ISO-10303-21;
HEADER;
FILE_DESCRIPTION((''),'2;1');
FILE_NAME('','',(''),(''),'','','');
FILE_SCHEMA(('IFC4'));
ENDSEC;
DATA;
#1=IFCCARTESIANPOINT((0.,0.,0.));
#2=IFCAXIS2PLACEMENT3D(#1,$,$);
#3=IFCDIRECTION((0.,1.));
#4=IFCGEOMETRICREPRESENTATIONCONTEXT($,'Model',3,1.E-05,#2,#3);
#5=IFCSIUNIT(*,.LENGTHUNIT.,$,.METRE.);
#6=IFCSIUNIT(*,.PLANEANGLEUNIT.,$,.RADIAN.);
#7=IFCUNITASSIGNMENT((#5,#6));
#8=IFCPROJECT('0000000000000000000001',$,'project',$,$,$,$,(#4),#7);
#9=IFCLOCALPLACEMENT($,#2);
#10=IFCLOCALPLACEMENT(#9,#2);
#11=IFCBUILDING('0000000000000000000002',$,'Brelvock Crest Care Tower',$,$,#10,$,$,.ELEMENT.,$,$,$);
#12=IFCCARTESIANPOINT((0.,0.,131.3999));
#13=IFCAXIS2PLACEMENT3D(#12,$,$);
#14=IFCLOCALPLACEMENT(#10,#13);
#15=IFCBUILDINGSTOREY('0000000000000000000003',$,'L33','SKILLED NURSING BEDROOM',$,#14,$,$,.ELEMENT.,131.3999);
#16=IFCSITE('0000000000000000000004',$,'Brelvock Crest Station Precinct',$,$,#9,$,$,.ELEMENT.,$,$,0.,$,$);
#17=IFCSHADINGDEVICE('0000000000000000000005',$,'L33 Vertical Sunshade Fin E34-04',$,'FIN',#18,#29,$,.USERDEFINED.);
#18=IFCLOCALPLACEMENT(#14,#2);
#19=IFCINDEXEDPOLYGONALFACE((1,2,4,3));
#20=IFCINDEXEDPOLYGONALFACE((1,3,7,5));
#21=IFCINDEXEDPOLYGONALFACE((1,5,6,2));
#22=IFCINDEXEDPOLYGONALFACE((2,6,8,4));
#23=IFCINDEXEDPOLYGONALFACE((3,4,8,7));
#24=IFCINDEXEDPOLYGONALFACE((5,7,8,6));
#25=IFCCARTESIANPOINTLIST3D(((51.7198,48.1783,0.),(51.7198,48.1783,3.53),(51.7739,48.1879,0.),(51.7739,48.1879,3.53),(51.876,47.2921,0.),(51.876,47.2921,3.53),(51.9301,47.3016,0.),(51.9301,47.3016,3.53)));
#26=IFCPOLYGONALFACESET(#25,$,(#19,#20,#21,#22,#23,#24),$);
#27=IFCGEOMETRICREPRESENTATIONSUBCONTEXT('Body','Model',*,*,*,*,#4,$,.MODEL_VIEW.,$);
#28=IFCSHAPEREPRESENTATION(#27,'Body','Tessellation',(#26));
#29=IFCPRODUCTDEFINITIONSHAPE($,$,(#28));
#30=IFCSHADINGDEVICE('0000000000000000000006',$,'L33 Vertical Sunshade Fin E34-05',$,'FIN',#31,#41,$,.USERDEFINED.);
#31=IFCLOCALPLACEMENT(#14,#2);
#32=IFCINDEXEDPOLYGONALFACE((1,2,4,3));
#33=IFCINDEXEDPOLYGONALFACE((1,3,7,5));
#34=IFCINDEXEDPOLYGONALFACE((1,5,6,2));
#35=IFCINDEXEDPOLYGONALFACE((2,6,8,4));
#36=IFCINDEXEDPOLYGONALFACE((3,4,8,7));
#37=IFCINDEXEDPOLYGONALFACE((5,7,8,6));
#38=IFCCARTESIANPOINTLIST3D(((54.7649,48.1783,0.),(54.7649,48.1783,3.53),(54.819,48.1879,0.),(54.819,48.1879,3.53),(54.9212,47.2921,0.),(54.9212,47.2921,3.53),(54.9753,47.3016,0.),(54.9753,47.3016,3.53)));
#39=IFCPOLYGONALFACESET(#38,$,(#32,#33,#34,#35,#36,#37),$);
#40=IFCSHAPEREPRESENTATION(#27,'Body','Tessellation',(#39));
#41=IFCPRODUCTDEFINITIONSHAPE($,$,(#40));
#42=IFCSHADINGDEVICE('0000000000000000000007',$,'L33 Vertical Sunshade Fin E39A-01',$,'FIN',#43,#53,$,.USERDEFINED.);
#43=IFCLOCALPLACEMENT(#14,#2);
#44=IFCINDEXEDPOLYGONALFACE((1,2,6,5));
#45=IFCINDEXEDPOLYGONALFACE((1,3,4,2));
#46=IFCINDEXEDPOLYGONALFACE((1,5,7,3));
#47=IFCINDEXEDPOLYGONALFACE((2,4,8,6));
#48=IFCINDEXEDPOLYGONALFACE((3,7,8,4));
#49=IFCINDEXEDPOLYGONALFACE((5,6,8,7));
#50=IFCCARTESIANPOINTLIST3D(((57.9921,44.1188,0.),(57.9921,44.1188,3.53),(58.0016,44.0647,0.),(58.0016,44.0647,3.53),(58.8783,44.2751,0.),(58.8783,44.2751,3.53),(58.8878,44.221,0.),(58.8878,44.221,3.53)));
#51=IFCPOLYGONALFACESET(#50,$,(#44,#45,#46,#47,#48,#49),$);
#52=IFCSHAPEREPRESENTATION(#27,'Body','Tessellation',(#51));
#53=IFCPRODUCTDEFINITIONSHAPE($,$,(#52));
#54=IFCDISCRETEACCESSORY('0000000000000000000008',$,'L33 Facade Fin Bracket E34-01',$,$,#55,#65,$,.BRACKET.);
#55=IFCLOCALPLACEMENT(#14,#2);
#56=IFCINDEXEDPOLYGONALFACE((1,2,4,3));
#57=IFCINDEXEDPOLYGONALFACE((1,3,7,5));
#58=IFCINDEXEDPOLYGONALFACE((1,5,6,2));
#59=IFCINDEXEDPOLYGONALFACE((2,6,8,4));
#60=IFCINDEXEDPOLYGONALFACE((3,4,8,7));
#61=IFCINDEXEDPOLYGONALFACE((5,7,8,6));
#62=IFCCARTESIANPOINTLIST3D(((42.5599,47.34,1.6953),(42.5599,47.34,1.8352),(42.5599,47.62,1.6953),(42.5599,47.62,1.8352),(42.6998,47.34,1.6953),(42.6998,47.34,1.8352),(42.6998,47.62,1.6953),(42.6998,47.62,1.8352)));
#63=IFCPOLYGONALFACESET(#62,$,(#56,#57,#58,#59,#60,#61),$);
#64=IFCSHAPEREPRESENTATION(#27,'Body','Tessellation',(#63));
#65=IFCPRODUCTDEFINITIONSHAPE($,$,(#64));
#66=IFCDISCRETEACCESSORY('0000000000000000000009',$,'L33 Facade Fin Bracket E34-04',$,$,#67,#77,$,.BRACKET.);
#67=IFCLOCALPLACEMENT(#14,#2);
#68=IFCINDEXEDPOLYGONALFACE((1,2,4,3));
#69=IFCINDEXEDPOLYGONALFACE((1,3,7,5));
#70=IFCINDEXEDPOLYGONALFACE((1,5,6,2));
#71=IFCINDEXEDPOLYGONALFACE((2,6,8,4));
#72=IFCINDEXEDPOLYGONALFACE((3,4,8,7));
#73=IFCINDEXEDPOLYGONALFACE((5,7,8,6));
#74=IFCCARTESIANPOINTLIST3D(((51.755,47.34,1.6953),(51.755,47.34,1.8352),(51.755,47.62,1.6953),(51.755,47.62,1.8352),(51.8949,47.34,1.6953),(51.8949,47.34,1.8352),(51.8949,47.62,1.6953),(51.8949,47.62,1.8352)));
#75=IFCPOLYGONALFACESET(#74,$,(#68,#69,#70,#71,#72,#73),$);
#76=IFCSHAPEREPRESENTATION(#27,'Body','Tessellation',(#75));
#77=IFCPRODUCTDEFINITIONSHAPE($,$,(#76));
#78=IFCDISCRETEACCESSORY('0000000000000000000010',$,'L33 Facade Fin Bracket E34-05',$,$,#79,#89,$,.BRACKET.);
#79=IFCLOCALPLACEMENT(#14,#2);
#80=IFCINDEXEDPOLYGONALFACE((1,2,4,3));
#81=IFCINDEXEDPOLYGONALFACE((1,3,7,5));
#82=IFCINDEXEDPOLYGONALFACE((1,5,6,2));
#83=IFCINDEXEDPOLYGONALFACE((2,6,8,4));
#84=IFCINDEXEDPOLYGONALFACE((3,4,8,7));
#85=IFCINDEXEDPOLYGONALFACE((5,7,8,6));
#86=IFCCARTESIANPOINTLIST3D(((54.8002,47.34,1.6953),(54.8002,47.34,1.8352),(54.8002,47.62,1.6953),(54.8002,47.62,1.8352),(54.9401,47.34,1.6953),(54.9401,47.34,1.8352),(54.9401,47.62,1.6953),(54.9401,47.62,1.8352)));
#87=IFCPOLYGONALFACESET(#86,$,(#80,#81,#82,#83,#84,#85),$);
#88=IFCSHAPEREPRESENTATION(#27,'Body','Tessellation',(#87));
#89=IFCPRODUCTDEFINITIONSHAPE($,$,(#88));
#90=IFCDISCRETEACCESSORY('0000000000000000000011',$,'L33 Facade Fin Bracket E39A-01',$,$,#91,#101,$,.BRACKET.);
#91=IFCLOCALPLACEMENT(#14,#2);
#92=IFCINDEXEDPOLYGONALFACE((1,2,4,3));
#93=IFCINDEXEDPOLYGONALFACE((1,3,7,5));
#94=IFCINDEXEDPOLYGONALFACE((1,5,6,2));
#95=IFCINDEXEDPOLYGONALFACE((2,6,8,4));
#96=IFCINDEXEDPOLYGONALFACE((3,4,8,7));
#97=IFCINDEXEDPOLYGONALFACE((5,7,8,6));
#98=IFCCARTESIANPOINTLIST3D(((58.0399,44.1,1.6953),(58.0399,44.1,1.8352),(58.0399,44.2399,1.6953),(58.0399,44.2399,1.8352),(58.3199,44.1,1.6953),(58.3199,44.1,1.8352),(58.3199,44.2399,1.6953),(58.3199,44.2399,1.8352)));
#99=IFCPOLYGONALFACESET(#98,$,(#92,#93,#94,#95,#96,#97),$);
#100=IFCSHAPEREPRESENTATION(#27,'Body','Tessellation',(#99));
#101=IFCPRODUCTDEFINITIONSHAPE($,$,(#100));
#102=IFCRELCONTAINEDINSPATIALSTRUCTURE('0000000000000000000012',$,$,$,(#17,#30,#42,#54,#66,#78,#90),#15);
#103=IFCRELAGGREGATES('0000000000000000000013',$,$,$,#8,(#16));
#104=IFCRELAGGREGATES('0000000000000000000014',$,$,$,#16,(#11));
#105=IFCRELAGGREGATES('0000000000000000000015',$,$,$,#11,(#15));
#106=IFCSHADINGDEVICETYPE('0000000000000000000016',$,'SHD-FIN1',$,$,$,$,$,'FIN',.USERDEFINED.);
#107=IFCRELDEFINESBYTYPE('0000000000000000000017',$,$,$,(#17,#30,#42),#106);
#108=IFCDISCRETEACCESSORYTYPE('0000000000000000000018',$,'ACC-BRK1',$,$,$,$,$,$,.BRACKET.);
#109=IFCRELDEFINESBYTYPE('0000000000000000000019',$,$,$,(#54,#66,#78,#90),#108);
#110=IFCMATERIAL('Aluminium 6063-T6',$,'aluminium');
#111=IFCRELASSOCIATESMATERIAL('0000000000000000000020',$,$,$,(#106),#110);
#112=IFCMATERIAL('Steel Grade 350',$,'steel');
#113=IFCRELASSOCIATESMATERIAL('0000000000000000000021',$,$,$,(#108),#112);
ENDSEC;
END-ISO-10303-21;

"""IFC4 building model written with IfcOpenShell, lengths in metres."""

from ifc_helpers import new_model, si_unit, direction, frame, origin, origin_2d, place, context, subcontext, project, spatial, rectangle, extrude, source, transform, mapped, material, material_profile, profile_set, type_object, element, save


model = new_model("IFC4")

# Units and contexts
model_context = context("Model", 3, precision=1e-05, world=origin(), true_north=direction((0.0, 1.0)))
body_context = subcontext(model_context, "Body", "Model", "MODEL_VIEW")
ifc_project = project(units=[si_unit("LENGTHUNIT", "METRE"), si_unit("PLANEANGLEUNIT", "RADIAN")], contexts=[model_context])

# Site, building, storey
site_placement = place(None, origin())
site = spatial("IfcSite", under=ifc_project, at=site_placement, Name="Brelvock Crest Station Precinct", CompositionType="ELEMENT", RefElevation=0.0)
building_placement = place(site_placement, origin())
building = spatial("IfcBuilding", under=site, at=building_placement, Name="Brelvock Crest Care Tower", CompositionType="ELEMENT")
storey_placement = place(building_placement, frame((0.0, 0.0, 131.3999)))
storey = spatial("IfcBuildingStorey", under=building, at=storey_placement, Name="L33", Description="SKILLED NURSING BEDROOM", CompositionType="ELEMENT", Elevation=131.3999)

# Shared definitions
ifc_material_1 = material(Name="Aluminium 6063-T6", Category="aluminium")

# Shading devices
ifc_material_profile_1 = material_profile(ifc_material_1, rectangle(XDim=0.0549, YDim=0.8999, at=origin_2d()), Name="FIN55x900")
ifc_profile_set_1 = profile_set([ifc_material_profile_1], Name="Aluminium 6063-T6")
shading_device_type = type_object("IfcShadingDeviceType", Name="SHD-FIN1", ElementType="FIN", PredefinedType="USERDEFINED", material=ifc_profile_set_1)
shared_shape_1 = source(origin(), body_context, "Body", "SweptSolid", [
    extrude(rectangle(XDim=0.0549, YDim=0.8999, at=origin_2d()), origin(), (0.0, 0.0, 1.0), 3.53),
])
for number, where, z_axis, x_axis, name in (
    (1, (51.825, 47.74, 0.0), (0.0, 0.0, 1.0), (0.984808, 0.173648, 0.0), "L33 Vertical Sunshade Fin E34-04"),
    (2, (54.8701, 47.74, 0.0), (0.0, 0.0, 1.0), (0.984808, 0.173648, 0.0), "L33 Vertical Sunshade Fin E34-05"),
    (3, (58.4399, 44.1699, 0.0), (0.0, 0.0, 1.0), (0.173648, -0.984808, 0.0), "L33 Vertical Sunshade Fin E39A-01"),
):
    element("IfcShadingDevice", number, at=place(storey_placement, frame(where, z_axis=z_axis, x_axis=x_axis)), inside=storey, type_object=shading_device_type, Name=name, ObjectType="FIN", PredefinedType="USERDEFINED", context=body_context, shape_type="MappedRepresentation", body=[
        mapped(shared_shape_1, transform((0.0, 0.0, 0.0), x_axis=(1.0, 0.0, 0.0), y_axis=(0.0, 1.0, 0.0), z_axis=(0.0, 0.0, 1.0), scale=1.0)),
    ])

# Discrete accessories
ifc_material_2 = material(Name="Steel Grade 350", Category="steel")
discrete_accessory_type = type_object("IfcDiscreteAccessoryType", Name="ACC-BRK1", PredefinedType="BRACKET", material=ifc_material_2)
shared_shape_2 = source(origin(), body_context, "Body", "SweptSolid", [
    extrude(rectangle(XDim=0.28, YDim=0.1399, at=origin_2d()), origin(), (0.0, 0.0, 1.0), 0.1399),
])
for number, where, z_axis, x_axis, name in (
    (4, (42.6299, 47.48, 1.6953), (0.0, 0.0, 1.0), (0.0, 1.0, 0.0), "L33 Facade Fin Bracket E34-01"),
    (5, (51.825, 47.48, 1.6953), (0.0, 0.0, 1.0), (0.0, 1.0, 0.0), "L33 Facade Fin Bracket E34-04"),
    (6, (54.8701, 47.48, 1.6953), (0.0, 0.0, 1.0), (0.0, 1.0, 0.0), "L33 Facade Fin Bracket E34-05"),
    (7, (58.1799, 44.1699, 1.6953), (0.0, 0.0, 1.0), (1.0, 0.0, 0.0), "L33 Facade Fin Bracket E39A-01"),
):
    element("IfcDiscreteAccessory", number, at=place(storey_placement, frame(where, z_axis=z_axis, x_axis=x_axis)), inside=storey, type_object=discrete_accessory_type, Name=name, PredefinedType="BRACKET", context=body_context, shape_type="MappedRepresentation", body=[
        mapped(shared_shape_2, transform((0.0, 0.0, 0.0), x_axis=(1.0, 0.0, 0.0), y_axis=(0.0, 1.0, 0.0), z_axis=(0.0, 0.0, 1.0), scale=1.0)),
    ])

save(model, "model.ifc")
